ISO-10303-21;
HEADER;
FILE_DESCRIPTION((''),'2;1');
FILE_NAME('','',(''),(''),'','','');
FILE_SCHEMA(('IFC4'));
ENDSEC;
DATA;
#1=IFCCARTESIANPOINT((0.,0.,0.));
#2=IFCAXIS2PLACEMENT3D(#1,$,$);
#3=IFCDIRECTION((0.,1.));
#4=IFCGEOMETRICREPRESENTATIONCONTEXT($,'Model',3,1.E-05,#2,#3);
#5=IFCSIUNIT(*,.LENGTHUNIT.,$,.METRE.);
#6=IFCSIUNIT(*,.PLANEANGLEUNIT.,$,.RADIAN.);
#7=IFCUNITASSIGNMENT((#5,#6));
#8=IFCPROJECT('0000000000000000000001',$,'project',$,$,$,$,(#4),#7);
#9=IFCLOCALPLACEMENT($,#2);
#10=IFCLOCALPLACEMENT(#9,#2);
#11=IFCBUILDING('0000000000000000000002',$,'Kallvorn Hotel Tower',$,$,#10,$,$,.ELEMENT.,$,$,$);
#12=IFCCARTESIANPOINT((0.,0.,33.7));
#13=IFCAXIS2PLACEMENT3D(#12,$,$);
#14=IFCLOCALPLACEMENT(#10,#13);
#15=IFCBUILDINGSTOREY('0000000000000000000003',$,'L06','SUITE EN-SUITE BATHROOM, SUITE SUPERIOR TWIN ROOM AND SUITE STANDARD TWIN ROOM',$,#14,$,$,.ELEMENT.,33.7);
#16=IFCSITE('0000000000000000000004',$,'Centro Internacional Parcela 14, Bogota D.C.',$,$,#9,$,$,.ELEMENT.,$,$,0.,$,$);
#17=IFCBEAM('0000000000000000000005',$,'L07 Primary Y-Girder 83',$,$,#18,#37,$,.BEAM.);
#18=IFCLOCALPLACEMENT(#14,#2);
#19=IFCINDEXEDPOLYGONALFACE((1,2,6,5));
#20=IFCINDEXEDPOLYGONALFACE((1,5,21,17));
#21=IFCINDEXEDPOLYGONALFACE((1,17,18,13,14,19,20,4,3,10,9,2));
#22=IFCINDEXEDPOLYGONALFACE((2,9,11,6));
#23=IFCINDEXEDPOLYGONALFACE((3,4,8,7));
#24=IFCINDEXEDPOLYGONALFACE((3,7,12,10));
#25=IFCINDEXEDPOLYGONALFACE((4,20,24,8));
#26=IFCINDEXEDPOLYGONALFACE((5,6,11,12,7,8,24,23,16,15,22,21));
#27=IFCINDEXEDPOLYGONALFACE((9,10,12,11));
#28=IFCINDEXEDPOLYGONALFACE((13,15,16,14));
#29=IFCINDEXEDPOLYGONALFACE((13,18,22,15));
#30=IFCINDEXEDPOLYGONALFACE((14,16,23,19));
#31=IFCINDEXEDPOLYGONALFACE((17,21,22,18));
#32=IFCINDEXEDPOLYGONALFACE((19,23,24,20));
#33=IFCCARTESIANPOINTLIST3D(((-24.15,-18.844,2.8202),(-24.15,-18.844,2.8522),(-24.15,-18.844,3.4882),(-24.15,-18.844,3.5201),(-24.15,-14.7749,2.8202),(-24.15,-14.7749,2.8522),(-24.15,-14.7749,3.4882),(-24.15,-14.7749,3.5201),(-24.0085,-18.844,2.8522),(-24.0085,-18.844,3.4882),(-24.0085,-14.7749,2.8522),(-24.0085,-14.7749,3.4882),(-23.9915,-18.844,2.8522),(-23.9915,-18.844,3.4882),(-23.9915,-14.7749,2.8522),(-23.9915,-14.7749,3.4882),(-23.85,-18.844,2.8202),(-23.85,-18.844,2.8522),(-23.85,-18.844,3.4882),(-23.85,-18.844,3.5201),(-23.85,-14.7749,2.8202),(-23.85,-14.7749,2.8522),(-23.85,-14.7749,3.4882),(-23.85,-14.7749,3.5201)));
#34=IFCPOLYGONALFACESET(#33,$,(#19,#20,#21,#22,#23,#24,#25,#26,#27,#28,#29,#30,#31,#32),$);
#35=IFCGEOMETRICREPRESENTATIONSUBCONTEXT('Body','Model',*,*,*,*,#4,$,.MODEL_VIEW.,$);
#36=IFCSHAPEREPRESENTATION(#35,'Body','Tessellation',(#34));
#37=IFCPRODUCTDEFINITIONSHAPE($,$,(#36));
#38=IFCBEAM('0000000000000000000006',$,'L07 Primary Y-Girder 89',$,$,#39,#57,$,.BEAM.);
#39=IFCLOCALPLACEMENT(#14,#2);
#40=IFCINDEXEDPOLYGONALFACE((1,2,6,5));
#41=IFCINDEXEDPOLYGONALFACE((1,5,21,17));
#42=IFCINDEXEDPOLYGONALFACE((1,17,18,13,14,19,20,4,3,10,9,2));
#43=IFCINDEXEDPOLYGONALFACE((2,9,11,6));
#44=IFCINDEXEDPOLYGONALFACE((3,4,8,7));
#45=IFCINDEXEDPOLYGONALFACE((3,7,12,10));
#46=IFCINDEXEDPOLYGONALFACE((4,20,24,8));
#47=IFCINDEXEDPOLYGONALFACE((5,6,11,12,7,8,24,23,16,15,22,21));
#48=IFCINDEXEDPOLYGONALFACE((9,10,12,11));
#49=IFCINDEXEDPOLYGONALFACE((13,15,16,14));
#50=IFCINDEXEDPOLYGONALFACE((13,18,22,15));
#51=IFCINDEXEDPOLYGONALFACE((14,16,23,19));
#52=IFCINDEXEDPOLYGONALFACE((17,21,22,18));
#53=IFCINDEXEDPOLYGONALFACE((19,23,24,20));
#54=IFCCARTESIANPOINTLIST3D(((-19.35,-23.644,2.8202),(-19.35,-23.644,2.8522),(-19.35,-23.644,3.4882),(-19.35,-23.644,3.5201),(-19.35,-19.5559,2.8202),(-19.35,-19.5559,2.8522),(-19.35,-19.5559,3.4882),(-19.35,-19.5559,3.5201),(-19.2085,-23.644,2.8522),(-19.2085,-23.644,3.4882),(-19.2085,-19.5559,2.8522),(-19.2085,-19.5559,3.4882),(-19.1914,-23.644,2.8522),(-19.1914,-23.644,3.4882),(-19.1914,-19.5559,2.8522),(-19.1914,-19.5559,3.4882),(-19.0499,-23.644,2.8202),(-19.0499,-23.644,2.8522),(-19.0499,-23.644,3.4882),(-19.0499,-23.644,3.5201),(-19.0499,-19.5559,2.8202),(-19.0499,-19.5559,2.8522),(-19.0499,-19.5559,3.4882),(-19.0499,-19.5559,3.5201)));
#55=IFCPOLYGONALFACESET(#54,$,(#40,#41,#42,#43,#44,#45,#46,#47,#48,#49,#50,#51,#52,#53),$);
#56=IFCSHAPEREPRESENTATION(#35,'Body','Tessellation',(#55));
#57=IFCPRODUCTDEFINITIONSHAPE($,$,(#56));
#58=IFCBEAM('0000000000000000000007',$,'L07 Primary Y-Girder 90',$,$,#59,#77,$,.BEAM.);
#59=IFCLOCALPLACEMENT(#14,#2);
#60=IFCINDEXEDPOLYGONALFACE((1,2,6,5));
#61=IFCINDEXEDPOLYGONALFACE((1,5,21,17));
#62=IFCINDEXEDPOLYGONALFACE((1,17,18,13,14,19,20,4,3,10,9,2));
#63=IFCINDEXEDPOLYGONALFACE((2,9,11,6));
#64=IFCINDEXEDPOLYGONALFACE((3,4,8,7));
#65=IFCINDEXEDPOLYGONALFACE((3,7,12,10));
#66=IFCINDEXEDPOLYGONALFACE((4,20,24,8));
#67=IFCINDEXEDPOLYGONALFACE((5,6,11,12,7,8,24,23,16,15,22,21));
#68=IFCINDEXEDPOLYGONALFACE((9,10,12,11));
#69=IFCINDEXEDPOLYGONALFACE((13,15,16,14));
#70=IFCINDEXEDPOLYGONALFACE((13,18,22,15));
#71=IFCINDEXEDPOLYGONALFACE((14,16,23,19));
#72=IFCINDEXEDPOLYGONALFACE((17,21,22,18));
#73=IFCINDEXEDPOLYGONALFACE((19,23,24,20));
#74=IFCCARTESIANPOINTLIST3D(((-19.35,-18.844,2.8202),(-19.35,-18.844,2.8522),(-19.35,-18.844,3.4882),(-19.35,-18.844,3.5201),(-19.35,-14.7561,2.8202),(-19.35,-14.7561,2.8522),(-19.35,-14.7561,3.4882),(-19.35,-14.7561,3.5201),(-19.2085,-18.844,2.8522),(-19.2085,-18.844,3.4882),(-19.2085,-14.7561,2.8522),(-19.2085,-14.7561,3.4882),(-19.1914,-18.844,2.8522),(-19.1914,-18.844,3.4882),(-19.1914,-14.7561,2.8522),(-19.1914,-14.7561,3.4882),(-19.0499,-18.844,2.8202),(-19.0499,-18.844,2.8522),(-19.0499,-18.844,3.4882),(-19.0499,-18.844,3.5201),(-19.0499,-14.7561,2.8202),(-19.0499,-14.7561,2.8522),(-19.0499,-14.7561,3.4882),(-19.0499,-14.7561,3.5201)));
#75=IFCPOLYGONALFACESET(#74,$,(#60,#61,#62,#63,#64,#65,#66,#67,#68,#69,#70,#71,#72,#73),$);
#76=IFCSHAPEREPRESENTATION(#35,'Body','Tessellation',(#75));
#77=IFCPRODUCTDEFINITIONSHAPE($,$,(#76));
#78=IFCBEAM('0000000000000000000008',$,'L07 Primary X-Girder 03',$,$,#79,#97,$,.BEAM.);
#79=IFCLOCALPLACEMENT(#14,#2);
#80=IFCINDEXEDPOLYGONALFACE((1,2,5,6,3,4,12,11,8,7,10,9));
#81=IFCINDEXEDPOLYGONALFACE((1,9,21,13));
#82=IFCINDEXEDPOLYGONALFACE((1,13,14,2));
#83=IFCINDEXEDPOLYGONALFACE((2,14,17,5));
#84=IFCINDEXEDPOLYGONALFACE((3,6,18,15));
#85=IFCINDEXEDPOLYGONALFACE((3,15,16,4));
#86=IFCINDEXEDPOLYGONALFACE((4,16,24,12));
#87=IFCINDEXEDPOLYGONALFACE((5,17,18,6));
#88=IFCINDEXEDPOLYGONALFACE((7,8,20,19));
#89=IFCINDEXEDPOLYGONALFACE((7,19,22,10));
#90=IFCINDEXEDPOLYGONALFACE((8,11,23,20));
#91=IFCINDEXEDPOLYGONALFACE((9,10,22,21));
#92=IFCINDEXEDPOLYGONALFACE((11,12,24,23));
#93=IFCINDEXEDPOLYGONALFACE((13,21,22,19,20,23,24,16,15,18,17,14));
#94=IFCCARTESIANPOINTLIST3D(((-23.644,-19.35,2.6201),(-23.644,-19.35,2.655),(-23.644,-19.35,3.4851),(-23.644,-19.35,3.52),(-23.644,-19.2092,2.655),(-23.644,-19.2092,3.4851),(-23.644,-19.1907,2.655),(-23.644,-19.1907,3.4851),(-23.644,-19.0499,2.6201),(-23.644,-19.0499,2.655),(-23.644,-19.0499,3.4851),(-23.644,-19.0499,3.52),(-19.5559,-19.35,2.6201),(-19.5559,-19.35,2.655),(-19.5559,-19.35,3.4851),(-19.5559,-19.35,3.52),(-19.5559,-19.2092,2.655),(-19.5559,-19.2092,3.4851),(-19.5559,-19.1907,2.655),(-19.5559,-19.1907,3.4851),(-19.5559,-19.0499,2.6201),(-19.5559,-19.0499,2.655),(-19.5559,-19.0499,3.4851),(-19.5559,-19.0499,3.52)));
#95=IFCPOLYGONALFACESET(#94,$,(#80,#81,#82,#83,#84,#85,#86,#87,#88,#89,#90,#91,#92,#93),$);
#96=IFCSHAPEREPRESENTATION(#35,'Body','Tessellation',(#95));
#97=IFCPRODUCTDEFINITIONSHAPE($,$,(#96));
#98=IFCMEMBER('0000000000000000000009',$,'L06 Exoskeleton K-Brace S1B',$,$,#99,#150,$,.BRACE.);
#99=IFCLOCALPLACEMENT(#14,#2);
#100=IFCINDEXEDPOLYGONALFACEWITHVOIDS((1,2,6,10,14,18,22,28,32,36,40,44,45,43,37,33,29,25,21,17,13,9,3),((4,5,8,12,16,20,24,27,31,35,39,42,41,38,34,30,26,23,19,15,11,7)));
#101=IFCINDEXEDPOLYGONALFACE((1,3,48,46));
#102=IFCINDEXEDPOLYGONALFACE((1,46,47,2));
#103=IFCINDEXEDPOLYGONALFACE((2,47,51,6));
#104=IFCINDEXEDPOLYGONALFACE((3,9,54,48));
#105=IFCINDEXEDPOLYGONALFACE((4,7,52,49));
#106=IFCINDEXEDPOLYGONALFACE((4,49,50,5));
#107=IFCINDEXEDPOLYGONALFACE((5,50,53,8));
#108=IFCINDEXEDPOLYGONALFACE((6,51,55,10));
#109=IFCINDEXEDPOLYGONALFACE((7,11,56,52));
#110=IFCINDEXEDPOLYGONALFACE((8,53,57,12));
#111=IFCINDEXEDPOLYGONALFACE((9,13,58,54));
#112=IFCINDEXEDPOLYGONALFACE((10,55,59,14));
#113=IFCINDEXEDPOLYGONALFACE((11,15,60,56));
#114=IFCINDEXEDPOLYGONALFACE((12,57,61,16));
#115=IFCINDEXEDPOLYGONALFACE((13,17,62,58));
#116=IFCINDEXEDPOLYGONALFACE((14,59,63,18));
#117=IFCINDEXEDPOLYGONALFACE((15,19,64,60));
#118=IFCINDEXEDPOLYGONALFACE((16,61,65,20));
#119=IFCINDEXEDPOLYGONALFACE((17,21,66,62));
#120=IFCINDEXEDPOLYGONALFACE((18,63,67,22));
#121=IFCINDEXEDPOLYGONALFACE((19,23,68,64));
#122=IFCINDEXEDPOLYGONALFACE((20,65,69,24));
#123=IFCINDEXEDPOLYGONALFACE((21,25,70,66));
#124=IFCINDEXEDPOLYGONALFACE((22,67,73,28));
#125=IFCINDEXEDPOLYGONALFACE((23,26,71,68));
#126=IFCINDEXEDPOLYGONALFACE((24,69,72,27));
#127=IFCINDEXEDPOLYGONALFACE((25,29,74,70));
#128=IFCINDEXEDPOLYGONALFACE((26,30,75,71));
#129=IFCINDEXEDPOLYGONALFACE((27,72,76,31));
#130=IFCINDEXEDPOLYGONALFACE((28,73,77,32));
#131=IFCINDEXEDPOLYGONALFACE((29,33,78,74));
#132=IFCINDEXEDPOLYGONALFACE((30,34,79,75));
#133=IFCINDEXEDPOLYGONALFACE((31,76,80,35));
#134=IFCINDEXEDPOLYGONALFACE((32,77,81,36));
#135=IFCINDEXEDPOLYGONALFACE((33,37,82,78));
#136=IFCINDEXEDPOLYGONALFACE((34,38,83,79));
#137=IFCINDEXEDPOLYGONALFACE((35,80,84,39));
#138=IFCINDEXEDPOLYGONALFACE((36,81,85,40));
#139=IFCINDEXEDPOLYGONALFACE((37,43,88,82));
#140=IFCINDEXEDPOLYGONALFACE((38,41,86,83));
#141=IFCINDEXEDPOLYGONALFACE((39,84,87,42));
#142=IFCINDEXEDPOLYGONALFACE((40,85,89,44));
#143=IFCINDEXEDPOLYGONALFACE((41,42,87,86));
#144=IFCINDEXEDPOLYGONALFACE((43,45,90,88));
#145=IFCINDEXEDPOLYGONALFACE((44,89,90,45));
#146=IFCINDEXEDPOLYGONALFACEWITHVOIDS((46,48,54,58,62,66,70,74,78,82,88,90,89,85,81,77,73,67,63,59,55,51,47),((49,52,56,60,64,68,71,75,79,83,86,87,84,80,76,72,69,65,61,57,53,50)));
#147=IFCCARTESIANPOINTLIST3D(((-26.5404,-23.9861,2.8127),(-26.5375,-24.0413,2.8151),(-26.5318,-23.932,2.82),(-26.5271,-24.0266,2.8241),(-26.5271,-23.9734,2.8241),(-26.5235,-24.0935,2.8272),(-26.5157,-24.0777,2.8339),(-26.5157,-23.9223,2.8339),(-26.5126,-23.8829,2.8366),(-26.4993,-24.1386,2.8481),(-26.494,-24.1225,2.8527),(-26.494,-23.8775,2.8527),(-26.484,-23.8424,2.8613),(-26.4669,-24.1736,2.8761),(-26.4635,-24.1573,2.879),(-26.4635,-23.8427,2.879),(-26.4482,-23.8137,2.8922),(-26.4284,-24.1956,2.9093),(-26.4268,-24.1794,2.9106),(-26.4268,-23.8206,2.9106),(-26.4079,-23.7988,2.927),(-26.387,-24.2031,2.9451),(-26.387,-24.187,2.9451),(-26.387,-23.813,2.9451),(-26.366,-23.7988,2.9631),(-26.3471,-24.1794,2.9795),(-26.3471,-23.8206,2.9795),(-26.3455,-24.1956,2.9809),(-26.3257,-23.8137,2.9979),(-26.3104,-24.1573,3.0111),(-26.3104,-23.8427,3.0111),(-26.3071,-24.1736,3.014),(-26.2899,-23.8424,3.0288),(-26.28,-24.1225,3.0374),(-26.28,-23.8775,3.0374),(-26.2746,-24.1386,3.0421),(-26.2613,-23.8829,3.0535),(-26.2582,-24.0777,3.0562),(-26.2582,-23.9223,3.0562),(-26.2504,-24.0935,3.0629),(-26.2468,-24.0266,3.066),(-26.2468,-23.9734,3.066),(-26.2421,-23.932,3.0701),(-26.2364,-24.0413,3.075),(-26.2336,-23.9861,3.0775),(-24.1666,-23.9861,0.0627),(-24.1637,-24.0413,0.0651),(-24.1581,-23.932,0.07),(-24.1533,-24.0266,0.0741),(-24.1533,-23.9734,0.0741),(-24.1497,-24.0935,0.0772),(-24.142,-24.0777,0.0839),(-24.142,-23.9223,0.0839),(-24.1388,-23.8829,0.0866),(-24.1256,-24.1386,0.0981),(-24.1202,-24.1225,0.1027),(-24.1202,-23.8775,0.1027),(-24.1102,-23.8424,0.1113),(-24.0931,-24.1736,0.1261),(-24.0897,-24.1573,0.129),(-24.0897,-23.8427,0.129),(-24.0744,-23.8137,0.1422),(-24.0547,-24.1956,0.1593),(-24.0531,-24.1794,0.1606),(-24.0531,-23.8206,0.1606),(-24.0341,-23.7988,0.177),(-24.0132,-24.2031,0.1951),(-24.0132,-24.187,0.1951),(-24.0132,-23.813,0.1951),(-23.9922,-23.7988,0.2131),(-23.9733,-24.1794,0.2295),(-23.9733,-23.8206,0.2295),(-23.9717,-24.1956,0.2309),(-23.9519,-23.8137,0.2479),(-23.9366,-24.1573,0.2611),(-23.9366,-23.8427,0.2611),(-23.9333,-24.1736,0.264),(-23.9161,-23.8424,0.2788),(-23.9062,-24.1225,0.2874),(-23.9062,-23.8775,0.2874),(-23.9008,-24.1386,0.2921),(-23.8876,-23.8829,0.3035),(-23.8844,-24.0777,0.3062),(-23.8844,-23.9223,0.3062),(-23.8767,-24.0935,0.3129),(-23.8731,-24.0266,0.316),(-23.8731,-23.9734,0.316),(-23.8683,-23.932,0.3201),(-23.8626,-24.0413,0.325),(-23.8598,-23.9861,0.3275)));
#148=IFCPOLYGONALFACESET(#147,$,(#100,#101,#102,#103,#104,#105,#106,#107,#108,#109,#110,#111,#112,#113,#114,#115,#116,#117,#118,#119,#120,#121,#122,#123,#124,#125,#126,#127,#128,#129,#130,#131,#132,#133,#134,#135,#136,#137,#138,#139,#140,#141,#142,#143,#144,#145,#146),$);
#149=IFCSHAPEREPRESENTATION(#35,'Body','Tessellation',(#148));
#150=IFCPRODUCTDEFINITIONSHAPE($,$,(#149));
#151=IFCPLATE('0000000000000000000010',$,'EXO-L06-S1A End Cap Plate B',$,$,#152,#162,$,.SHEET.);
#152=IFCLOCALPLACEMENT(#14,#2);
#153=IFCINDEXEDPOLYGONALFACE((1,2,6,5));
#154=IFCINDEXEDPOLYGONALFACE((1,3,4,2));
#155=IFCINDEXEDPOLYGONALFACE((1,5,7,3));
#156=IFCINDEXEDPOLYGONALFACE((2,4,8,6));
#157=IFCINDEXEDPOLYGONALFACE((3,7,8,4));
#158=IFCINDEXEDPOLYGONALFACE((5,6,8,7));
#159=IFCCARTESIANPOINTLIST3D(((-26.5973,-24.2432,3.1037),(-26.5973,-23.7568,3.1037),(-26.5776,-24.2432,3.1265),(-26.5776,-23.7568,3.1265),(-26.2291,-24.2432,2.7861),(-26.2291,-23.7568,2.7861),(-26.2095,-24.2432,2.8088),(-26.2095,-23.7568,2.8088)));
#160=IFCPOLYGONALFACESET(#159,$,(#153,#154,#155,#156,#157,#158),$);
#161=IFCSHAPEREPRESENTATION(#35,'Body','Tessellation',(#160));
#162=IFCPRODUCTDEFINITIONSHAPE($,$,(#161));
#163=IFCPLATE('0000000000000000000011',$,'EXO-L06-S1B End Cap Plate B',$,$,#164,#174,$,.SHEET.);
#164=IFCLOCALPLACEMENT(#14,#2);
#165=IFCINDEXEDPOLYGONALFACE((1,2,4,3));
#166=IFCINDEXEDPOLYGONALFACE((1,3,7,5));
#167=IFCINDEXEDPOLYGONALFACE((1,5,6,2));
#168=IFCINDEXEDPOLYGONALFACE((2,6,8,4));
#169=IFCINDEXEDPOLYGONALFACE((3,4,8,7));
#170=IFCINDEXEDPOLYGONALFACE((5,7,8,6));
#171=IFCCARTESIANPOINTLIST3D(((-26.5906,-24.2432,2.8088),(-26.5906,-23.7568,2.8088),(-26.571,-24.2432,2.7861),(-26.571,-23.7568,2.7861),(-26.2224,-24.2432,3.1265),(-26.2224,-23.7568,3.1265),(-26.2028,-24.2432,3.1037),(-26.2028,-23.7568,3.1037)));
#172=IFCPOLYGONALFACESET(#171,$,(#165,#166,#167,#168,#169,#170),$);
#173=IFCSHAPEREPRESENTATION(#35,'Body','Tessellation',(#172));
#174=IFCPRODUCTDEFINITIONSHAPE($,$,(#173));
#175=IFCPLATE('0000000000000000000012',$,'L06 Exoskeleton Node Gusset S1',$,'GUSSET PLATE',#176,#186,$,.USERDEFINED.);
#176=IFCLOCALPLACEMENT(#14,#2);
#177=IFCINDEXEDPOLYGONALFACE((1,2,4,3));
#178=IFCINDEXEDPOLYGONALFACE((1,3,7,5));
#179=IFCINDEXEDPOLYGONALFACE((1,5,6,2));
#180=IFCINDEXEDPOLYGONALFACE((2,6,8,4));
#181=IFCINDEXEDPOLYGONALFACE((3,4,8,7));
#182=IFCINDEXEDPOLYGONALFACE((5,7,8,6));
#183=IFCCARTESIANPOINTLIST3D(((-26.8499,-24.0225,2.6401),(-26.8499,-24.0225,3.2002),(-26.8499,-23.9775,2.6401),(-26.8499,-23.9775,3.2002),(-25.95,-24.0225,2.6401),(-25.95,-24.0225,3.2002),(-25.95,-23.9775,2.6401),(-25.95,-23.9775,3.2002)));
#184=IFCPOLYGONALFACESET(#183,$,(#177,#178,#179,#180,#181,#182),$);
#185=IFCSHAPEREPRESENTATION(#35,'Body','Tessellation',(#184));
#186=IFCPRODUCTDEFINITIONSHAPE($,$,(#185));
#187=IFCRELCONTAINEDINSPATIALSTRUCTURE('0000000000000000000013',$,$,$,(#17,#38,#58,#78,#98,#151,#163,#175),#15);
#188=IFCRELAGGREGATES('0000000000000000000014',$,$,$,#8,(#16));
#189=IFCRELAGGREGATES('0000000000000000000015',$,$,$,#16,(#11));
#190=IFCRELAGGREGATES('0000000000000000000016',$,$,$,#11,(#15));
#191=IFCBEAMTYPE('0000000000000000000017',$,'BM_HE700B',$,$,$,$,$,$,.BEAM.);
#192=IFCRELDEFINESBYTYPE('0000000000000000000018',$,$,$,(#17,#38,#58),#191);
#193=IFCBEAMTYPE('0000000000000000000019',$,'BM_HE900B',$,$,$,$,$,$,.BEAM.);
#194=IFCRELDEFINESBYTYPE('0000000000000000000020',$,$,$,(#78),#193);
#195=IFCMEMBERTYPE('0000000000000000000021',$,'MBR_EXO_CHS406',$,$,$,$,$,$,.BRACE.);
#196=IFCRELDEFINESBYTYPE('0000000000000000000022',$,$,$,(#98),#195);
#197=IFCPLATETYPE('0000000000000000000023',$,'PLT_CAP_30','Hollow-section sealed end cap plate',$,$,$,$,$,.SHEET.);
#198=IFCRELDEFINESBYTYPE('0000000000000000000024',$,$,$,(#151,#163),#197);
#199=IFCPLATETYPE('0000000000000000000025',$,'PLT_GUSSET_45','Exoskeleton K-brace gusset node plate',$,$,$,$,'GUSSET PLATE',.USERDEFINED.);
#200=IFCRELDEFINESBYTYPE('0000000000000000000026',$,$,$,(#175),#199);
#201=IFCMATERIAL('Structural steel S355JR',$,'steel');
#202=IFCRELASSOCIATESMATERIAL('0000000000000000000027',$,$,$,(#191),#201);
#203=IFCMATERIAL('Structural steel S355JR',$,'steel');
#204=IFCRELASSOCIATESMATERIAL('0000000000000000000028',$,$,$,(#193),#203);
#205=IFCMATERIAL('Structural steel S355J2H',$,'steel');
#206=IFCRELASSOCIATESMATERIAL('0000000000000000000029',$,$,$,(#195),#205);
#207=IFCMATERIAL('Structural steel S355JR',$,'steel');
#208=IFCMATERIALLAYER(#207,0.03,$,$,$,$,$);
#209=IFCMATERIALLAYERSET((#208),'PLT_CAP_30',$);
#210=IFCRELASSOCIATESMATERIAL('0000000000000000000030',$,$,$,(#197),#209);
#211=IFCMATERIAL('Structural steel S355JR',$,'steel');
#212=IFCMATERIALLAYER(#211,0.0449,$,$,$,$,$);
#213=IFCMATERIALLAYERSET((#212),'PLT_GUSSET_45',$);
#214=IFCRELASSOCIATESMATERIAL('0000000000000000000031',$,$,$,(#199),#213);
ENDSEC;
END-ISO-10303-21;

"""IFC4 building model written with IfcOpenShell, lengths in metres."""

from ifc_helpers import new_model, si_unit, direction, frame, origin, origin_2d, place, context, subcontext, project, spatial, polyline, rectangle, hollow_circle, i_section, outline, extrude, material, layer, layer_set, material_profile, profile_set, type_object, element, save


model = new_model("IFC4")

# Units and contexts
model_context = context("Model", 3, precision=1e-05, world=origin(), true_north=direction((0.0, 1.0)))
body_context = subcontext(model_context, "Body", "Model", "MODEL_VIEW")
ifc_project = project(units=[si_unit("LENGTHUNIT", "METRE"), si_unit("PLANEANGLEUNIT", "RADIAN")], contexts=[model_context])

# Site, building, storey
site_placement = place(None, origin())
site = spatial("IfcSite", under=ifc_project, at=site_placement, Name="Centro Internacional Parcela 14, Bogota D.C.", CompositionType="ELEMENT", RefElevation=0.0)
building_placement = place(site_placement, origin())
building = spatial("IfcBuilding", under=site, at=building_placement, Name="Kallvorn Hotel Tower", CompositionType="ELEMENT")
storey_placement = place(building_placement, frame((0.0, 0.0, 33.7)))
storey = spatial("IfcBuildingStorey", under=building, at=storey_placement, Name="L06", Description="SUITE EN-SUITE BATHROOM, SUITE SUPERIOR TWIN ROOM AND SUITE STANDARD TWIN ROOM", CompositionType="ELEMENT", Elevation=33.7)

# Beams
ifc_material_1 = material(Name="Structural steel S355JR", Category="steel")
ifc_material_profile_1 = material_profile(ifc_material_1, i_section(OverallWidth=0.3, OverallDepth=0.7, WebThickness=0.0171, FlangeThickness=0.032, at=origin_2d()), Name="HE 700 B")
ifc_profile_set_1 = profile_set([ifc_material_profile_1], Name="Structural steel S355JR")
beam_type_1 = type_object("IfcBeamType", Name="BM_HE700B", PredefinedType="BEAM", material=ifc_profile_set_1)
beam_1_placement = place(storey_placement, frame((-24.0, -18.844, 3.1702), z_axis=(0.0, 1.0, 0.0), x_axis=(-1.0, 0.0, 0.0)))
element("IfcBeam", 1, at=beam_1_placement, inside=storey, type_object=beam_type_1, Name="L07 Primary Y-Girder 83", PredefinedType="BEAM", context=body_context, shape_type="SweptSolid", body=[
    extrude(i_section(OverallWidth=0.3, OverallDepth=0.7, WebThickness=0.0171, FlangeThickness=0.032, at=origin_2d()), origin(), (0.0, 0.0, 1.0), 4.0691),
])
beam_2_placement = place(storey_placement, frame((-19.2, -23.644, 3.1702), z_axis=(0.0, 1.0, 0.0), x_axis=(-1.0, 0.0, 0.0)))
element("IfcBeam", 2, at=beam_2_placement, inside=storey, type_object=beam_type_1, Name="L07 Primary Y-Girder 89", PredefinedType="BEAM", context=body_context, shape_type="SweptSolid", body=[
    extrude(i_section(OverallWidth=0.3, OverallDepth=0.7, WebThickness=0.0171, FlangeThickness=0.032, at=origin_2d()), origin(), (0.0, 0.0, 1.0), 4.0881),
])
beam_3_placement = place(storey_placement, frame((-19.2, -18.844, 3.1702), z_axis=(0.0, 1.0, 0.0), x_axis=(-1.0, 0.0, 0.0)))
element("IfcBeam", 3, at=beam_3_placement, inside=storey, type_object=beam_type_1, Name="L07 Primary Y-Girder 90", PredefinedType="BEAM", context=body_context, shape_type="SweptSolid", body=[
    extrude(i_section(OverallWidth=0.3, OverallDepth=0.7, WebThickness=0.0171, FlangeThickness=0.032, at=origin_2d()), origin(), (0.0, 0.0, 1.0), 4.0879),
])
ifc_material_2 = material(Name="Structural steel S355JR", Category="steel")
ifc_material_profile_2 = material_profile(ifc_material_2, i_section(OverallWidth=0.3, OverallDepth=0.8999, WebThickness=0.0186, FlangeThickness=0.0349, at=origin_2d()), Name="HE 900 B")
ifc_profile_set_2 = profile_set([ifc_material_profile_2], Name="Structural steel S355JR")
beam_type_2 = type_object("IfcBeamType", Name="BM_HE900B", PredefinedType="BEAM", material=ifc_profile_set_2)
beam_4_placement = place(storey_placement, frame((-23.644, -19.2, 3.0701), z_axis=(1.0, 0.0, 0.0), x_axis=(0.0, 1.0, 0.0)))
element("IfcBeam", 4, at=beam_4_placement, inside=storey, type_object=beam_type_2, Name="L07 Primary X-Girder 03", PredefinedType="BEAM", context=body_context, shape_type="SweptSolid", body=[
    extrude(i_section(OverallWidth=0.3, OverallDepth=0.8999, WebThickness=0.0186, FlangeThickness=0.0349, at=origin_2d()), origin(), (0.0, 0.0, 1.0), 4.0881),
])

# Member
ifc_material_3 = material(Name="Structural steel S355J2H", Category="steel")
ifc_material_profile_3 = material_profile(ifc_material_3, hollow_circle(Radius=0.2031, WallThickness=0.0161, at=origin_2d()), Name="CHS 406.4x16")
ifc_profile_set_3 = profile_set([ifc_material_profile_3], Name="Structural steel S355J2H")
member_type = type_object("IfcMemberType", Name="MBR_EXO_CHS406", PredefinedType="BRACE", material=ifc_profile_set_3)
member_placement = place(storey_placement, frame((-24.0132, -24.0, 0.1951), z_axis=(-0.653427, 0.0, 0.756989), x_axis=(0.0, -1.0, 0.0)))
element("IfcMember", 5, at=member_placement, inside=storey, type_object=member_type, Name="L06 Exoskeleton K-Brace S1B", PredefinedType="BRACE", context=body_context, shape_type="SweptSolid", body=[
    extrude(hollow_circle(Radius=0.2031, WallThickness=0.0161, at=origin_2d()), origin(), (0.0, 0.0, 1.0), 3.6328),
])

# Plates
ifc_material_4 = material(Name="Structural steel S355JR", Category="steel")
ifc_layer_1 = layer(ifc_material_4, 0.03)
ifc_layer_set_1 = layer_set([ifc_layer_1], Name="PLT_CAP_30")
plate_type_1 = type_object("IfcPlateType", Name="PLT_CAP_30", Description="Hollow-section sealed end cap plate", PredefinedType="SHEET", material=ifc_layer_set_1)
for number, where, z_axis, x_axis, name in (
    (6, (-26.2095, -24.2432, 2.8088), (0.653228, 0.0, 0.757162), (0.0, 1.0, 0.0), "EXO-L06-S1A End Cap Plate B"),
    (7, (-26.5906, -23.7568, 2.8088), (-0.653228, 0.0, 0.757162), (0.0, -1.0, 0.0), "EXO-L06-S1B End Cap Plate B"),
):
    element("IfcPlate", number, at=place(storey_placement, frame(where, z_axis=z_axis, x_axis=x_axis)), inside=storey, type_object=plate_type_1, Name=name, PredefinedType="SHEET", context=body_context, shape_type="SweptSolid", body=[
        extrude(outline(polyline([(0.0, 0.0), (0.4863, 0.0), (0.4863, 0.4862), (0.0, 0.4862), (0.0, 0.0)])), origin(), (0.0, 0.0, -1.0), 0.03),
    ])
ifc_material_5 = material(Name="Structural steel S355JR", Category="steel")
ifc_layer_2 = layer(ifc_material_5, 0.0449)
ifc_layer_set_2 = layer_set([ifc_layer_2], Name="PLT_GUSSET_45")
plate_type_2 = type_object("IfcPlateType", Name="PLT_GUSSET_45", Description="Exoskeleton K-brace gusset node plate", ElementType="GUSSET PLATE", PredefinedType="USERDEFINED", material=ifc_layer_set_2)
plate_placement = place(storey_placement, frame((-26.3999, -24.0, 2.6401), z_axis=(0.0, 0.0, 1.0), x_axis=(1.0, 0.0, 0.0)))
element("IfcPlate", 8, at=plate_placement, inside=storey, type_object=plate_type_2, Name="L06 Exoskeleton Node Gusset S1", ObjectType="GUSSET PLATE", PredefinedType="USERDEFINED", context=body_context, shape_type="SweptSolid", body=[
    extrude(rectangle(XDim=0.8999, YDim=0.0449, at=origin_2d()), origin(), (0.0, 0.0, 1.0), 0.5601),
])

save(model, "model.ifc")
